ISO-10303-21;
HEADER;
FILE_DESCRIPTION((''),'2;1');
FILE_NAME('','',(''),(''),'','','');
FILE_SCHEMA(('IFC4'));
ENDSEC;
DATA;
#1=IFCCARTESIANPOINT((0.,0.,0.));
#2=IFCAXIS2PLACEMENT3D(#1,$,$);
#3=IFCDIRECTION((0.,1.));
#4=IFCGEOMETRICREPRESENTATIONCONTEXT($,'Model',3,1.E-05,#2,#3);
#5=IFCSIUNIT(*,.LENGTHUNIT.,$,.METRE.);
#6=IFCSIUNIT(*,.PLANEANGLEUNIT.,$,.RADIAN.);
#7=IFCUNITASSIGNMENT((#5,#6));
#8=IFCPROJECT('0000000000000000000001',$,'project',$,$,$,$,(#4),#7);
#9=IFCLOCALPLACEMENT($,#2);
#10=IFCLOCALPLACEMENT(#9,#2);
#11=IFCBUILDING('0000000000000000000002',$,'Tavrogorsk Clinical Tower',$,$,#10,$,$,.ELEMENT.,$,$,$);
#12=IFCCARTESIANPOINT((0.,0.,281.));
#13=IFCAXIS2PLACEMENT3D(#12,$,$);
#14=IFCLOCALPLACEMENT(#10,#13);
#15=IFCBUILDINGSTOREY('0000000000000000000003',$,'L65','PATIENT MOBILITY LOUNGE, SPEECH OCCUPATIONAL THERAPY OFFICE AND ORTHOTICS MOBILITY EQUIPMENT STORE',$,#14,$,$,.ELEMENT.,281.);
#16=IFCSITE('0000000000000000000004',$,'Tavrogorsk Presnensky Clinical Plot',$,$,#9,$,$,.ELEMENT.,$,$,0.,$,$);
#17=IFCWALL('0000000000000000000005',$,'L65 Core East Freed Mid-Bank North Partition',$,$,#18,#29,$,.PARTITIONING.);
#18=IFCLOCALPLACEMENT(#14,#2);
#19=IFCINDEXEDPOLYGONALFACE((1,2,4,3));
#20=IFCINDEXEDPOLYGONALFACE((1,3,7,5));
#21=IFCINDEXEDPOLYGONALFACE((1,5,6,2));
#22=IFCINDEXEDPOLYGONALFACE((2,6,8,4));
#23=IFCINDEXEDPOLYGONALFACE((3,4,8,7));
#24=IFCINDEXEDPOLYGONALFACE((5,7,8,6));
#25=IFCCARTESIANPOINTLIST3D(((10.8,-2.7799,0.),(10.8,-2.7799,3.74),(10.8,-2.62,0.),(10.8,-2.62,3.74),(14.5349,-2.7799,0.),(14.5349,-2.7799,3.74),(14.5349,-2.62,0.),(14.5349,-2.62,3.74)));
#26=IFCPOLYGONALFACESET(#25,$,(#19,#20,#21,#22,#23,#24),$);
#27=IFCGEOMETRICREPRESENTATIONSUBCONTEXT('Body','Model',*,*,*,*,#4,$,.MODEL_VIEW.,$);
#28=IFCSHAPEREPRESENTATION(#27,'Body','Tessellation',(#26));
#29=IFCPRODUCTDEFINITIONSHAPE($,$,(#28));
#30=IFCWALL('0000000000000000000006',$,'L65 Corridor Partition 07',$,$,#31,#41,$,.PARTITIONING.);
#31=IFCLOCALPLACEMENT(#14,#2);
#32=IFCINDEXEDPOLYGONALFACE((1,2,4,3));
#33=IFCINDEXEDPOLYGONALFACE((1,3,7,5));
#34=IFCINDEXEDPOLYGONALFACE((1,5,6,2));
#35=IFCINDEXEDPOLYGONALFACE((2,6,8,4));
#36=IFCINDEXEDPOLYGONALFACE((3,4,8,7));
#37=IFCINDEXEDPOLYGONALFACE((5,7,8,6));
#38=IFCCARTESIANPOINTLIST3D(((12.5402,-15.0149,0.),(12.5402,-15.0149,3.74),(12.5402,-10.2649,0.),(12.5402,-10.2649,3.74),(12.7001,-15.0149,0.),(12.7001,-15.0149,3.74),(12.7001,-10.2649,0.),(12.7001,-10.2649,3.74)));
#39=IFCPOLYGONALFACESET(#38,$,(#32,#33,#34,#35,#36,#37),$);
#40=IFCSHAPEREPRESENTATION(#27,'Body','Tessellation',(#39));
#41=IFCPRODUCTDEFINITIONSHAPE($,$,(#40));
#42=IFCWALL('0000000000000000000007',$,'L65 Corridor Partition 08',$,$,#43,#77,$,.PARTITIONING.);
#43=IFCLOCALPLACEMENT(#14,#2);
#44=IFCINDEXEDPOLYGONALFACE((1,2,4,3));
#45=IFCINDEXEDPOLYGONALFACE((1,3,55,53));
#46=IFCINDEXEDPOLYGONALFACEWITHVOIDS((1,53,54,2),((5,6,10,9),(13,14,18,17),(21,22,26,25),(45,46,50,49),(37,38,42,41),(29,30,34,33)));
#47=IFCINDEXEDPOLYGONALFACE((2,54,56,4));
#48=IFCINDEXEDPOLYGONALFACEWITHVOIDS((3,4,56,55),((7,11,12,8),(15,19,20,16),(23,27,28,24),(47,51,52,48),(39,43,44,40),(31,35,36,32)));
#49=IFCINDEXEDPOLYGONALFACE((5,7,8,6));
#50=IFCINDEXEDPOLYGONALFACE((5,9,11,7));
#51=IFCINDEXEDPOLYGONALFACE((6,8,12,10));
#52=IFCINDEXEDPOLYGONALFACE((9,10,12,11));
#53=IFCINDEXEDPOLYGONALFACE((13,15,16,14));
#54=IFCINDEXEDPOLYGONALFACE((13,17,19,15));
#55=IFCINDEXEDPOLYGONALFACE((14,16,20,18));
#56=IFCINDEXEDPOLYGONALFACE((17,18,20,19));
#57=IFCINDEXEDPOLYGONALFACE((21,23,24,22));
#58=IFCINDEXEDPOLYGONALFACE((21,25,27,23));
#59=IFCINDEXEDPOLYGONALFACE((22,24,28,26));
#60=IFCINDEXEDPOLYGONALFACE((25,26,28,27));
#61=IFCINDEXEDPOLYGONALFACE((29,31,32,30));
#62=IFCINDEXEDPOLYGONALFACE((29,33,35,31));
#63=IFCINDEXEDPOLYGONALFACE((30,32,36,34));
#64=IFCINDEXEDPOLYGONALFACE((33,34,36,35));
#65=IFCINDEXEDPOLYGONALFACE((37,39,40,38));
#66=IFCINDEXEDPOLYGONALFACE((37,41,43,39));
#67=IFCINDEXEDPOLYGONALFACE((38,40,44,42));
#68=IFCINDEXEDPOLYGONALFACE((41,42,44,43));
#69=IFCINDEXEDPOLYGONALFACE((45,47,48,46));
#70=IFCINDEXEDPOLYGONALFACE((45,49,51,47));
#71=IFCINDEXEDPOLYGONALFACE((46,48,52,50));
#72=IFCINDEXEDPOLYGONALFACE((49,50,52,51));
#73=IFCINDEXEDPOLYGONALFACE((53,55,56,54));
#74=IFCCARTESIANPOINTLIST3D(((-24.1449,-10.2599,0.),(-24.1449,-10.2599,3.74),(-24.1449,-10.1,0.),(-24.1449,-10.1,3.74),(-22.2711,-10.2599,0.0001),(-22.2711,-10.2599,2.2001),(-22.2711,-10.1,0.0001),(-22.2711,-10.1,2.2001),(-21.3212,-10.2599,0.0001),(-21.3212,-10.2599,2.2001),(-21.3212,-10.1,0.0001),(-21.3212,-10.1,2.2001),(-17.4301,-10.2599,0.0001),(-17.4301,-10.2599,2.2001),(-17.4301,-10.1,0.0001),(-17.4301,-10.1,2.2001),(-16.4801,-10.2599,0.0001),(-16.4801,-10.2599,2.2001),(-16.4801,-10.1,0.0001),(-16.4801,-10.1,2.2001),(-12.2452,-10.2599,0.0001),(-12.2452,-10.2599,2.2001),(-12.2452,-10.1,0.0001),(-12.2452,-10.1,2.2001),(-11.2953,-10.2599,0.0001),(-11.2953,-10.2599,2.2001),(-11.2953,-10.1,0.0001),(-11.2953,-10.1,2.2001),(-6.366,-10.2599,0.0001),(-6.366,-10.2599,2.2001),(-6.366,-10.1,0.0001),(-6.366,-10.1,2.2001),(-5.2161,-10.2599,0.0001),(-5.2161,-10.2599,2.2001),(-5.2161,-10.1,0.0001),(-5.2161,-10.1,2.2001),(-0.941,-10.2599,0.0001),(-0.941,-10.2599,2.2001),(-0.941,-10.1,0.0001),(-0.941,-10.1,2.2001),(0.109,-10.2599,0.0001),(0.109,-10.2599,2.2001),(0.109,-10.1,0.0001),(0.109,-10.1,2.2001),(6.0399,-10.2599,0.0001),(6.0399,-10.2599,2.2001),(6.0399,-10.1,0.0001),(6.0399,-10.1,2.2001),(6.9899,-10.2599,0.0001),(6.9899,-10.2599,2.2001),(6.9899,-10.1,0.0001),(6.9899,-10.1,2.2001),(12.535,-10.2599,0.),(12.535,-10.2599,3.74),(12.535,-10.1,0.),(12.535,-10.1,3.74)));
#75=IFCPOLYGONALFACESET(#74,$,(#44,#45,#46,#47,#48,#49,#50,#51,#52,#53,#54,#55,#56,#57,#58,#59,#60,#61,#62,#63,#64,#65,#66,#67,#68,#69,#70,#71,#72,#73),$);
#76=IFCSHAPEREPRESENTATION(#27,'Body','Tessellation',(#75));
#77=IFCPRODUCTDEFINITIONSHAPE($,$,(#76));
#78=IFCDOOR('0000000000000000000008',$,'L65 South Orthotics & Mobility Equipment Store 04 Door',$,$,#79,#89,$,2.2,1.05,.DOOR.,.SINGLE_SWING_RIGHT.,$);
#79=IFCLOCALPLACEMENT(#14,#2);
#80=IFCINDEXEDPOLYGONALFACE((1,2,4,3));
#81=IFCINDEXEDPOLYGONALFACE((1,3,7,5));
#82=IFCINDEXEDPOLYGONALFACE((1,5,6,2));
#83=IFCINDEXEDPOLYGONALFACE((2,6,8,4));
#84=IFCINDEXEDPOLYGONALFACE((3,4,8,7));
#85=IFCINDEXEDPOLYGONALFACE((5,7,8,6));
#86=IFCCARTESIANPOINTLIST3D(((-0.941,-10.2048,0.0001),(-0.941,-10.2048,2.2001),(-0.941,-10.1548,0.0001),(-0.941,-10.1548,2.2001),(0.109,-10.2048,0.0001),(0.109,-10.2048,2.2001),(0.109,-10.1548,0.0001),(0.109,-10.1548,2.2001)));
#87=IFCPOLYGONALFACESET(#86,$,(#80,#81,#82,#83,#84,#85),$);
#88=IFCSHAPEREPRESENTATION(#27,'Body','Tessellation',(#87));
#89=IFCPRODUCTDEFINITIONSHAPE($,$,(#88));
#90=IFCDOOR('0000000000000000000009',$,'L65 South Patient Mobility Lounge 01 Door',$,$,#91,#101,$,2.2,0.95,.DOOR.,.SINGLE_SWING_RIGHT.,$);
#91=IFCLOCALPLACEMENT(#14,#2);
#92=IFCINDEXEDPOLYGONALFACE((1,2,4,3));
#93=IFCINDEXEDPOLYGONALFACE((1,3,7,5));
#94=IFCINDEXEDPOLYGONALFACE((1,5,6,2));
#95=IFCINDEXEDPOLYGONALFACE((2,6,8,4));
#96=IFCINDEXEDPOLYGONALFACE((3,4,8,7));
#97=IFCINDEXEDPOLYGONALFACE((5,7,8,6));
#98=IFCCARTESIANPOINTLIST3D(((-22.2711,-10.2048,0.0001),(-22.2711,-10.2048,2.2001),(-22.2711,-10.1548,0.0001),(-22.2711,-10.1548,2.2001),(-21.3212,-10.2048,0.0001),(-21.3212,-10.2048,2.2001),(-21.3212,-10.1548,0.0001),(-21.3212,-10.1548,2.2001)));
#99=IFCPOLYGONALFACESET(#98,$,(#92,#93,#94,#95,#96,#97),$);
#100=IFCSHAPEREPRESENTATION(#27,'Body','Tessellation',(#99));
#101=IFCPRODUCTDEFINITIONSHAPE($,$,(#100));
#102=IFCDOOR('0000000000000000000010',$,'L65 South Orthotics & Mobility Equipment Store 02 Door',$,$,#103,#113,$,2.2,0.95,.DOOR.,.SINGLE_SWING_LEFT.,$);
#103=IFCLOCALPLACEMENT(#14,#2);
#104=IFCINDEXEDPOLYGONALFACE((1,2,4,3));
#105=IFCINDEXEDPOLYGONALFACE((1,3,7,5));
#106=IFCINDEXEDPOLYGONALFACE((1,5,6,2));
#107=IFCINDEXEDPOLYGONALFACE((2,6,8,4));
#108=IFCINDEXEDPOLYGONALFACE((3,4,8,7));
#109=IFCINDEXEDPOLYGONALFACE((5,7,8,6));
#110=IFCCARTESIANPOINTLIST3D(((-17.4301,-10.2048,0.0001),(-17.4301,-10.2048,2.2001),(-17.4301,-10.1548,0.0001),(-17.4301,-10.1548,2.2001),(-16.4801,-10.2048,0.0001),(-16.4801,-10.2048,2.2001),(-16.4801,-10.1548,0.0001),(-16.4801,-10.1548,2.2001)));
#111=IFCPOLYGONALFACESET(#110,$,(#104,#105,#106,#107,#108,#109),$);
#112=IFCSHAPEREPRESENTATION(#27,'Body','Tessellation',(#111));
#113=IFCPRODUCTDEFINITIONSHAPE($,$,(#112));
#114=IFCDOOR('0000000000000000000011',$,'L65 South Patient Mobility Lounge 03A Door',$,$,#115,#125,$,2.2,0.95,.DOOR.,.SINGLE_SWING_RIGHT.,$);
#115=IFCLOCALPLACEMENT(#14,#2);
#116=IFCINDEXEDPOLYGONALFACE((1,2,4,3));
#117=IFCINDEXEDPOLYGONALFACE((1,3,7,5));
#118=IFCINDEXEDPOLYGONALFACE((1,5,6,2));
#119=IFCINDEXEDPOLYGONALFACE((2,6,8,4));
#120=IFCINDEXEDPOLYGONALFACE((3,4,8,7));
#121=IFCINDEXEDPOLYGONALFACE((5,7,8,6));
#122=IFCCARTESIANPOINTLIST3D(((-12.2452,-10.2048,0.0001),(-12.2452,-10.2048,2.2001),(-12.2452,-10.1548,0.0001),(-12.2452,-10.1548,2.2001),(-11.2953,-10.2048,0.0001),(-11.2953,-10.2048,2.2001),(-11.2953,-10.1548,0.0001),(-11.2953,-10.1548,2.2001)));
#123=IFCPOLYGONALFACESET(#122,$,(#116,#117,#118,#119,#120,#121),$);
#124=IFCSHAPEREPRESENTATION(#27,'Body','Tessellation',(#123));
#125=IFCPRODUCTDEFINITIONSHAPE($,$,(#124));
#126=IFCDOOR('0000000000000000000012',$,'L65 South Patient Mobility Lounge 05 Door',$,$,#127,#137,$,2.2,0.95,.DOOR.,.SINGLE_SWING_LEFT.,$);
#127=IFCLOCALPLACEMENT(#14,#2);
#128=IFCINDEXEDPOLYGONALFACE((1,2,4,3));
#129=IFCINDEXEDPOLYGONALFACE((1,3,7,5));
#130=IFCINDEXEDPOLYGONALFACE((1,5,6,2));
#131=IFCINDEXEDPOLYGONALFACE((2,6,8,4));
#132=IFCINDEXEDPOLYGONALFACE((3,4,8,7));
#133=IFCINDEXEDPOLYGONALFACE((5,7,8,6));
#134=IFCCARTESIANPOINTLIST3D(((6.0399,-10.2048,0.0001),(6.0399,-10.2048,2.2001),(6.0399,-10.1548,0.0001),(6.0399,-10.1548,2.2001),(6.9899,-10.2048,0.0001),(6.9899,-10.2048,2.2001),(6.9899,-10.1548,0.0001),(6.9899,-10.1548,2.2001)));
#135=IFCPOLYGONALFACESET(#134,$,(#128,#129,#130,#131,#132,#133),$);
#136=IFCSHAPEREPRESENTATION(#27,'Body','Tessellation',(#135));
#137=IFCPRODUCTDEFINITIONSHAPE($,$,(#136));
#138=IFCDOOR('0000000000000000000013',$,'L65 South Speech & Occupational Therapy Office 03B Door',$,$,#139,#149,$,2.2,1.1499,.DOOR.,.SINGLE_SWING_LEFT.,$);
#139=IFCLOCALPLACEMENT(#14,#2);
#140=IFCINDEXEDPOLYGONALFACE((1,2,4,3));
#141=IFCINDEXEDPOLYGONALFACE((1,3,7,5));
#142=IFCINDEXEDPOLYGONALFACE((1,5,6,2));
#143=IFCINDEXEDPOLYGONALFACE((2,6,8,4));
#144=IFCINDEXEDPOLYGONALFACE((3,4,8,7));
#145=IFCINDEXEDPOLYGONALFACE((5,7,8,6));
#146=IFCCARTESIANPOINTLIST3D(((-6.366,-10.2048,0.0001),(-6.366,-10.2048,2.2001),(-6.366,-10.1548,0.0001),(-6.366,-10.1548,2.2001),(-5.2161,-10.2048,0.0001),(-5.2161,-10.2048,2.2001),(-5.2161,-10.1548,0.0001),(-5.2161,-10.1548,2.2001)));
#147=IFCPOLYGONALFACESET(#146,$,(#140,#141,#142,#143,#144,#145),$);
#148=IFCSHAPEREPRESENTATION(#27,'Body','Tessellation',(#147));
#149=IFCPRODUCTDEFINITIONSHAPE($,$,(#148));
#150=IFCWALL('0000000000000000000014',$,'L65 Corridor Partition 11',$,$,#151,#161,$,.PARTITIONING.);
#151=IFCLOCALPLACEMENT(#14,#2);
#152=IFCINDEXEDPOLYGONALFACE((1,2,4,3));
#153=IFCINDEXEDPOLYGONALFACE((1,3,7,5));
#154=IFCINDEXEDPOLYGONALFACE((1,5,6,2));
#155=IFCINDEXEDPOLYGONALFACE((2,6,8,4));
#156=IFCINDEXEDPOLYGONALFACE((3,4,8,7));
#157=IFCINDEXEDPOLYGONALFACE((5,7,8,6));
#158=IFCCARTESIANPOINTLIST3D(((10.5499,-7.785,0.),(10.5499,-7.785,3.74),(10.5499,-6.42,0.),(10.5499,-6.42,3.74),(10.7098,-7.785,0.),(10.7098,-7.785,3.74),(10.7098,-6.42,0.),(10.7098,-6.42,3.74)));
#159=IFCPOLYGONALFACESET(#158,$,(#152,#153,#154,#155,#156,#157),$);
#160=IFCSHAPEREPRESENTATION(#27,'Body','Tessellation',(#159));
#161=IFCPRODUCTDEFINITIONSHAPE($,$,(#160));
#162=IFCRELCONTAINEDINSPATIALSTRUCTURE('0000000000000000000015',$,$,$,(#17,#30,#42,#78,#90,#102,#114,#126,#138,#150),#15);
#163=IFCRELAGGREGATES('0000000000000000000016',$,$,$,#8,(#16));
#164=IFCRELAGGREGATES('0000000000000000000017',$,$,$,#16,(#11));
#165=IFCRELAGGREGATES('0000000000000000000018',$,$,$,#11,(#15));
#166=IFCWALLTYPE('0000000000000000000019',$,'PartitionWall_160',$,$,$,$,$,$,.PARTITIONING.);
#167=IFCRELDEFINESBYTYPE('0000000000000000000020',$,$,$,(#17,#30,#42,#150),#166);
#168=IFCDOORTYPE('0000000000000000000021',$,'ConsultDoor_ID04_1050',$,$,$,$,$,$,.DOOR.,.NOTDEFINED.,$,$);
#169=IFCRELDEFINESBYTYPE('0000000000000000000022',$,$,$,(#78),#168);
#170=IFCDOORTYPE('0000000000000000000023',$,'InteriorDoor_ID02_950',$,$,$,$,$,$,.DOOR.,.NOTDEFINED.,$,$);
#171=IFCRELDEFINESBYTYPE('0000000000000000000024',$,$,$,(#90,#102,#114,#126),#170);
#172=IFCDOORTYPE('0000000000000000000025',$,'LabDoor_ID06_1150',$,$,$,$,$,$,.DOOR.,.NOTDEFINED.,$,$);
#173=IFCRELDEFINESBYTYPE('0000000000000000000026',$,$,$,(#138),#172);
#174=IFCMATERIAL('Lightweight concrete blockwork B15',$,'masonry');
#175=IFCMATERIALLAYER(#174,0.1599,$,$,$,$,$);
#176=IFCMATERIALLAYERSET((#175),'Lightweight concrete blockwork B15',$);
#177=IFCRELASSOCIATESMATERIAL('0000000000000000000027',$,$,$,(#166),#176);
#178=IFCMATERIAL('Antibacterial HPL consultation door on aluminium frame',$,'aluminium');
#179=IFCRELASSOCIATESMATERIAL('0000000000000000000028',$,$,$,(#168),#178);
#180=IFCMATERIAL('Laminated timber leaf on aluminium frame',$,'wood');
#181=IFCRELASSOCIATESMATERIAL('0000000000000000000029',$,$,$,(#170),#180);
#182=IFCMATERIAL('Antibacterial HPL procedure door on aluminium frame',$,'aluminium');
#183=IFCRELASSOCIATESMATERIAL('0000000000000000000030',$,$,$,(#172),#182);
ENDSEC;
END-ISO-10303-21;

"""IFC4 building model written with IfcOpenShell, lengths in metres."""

from ifc_helpers import new_model, si_unit, direction, frame, frame_2d, origin, place, context, subcontext, project, spatial, rectangle, extrude, material, layer, layer_set, type_object, element, fill, save


model = new_model("IFC4")

# Units and contexts
model_context = context("Model", 3, precision=1e-05, world=origin(), true_north=direction((0.0, 1.0)))
body_context = subcontext(model_context, "Body", "Model", "MODEL_VIEW")
ifc_project = project(units=[si_unit("LENGTHUNIT", "METRE"), si_unit("PLANEANGLEUNIT", "RADIAN")], contexts=[model_context])

# Site, building, storey
site_placement = place(None, origin())
site = spatial("IfcSite", under=ifc_project, at=site_placement, Name="Tavrogorsk Presnensky Clinical Plot", CompositionType="ELEMENT", RefElevation=0.0)
building_placement = place(site_placement, origin())
building = spatial("IfcBuilding", under=site, at=building_placement, Name="Tavrogorsk Clinical Tower", CompositionType="ELEMENT")
storey_placement = place(building_placement, frame((0.0, 0.0, 281.0)))
storey = spatial("IfcBuildingStorey", under=building, at=storey_placement, Name="L65", Description="PATIENT MOBILITY LOUNGE, SPEECH OCCUPATIONAL THERAPY OFFICE AND ORTHOTICS MOBILITY EQUIPMENT STORE", CompositionType="ELEMENT", Elevation=281.0)

# Walls
ifc_material_1 = material(Name="Lightweight concrete blockwork B15", Category="masonry")
ifc_layer_1 = layer(ifc_material_1, 0.1599)
ifc_layer_set_1 = layer_set([ifc_layer_1], Name="Lightweight concrete blockwork B15")
wall_type_1 = type_object("IfcWallType", Name="PartitionWall_160", PredefinedType="PARTITIONING", material=ifc_layer_set_1)
wall_1_placement = place(storey_placement, frame((10.8, -2.7, 0.0), z_axis=(0.0, 0.0, 1.0), x_axis=(1.0, 0.0, 0.0)))
element("IfcWall", 1, at=wall_1_placement, inside=storey, type_object=wall_type_1, Name="L65 Core East Freed Mid-Bank North Partition", PredefinedType="PARTITIONING", context=body_context, shape_type="SweptSolid", body=[
    extrude(rectangle(XDim=3.7349, YDim=0.1599, at=frame_2d((1.8674, 0.0))), origin(), (0.0, 0.0, 1.0), 3.74),
])
wall_2_placement = place(storey_placement, frame((12.6201, -15.0149, 0.0), z_axis=(0.0, 0.0, 1.0), x_axis=(0.0, 1.0, 0.0)))
element("IfcWall", 2, at=wall_2_placement, inside=storey, type_object=wall_type_1, Name="L65 Corridor Partition 07", PredefinedType="PARTITIONING", context=body_context, shape_type="SweptSolid", body=[
    extrude(rectangle(XDim=4.75, YDim=0.1599, at=frame_2d((2.375, 0.0))), origin(), (0.0, 0.0, 1.0), 3.74),
])

# Wall, openings, doors
wall_3_placement = place(storey_placement, frame((12.5349, -10.1799, 0.0), z_axis=(0.0, 0.0, 1.0), x_axis=(-1.0, 0.0, 0.0)))
wall_3 = element("IfcWall", 3, at=wall_3_placement, inside=storey, type_object=wall_type_1, Name="L65 Corridor Partition 08", PredefinedType="PARTITIONING", context=body_context, shape_type="SweptSolid", body=[
    extrude(rectangle(XDim=36.6799, YDim=0.1599, at=frame_2d((18.3398, 0.0))), origin(), (0.0, 0.0, 1.0), 3.74),
])
opening_1_placement = place(wall_3_placement, frame((33.856, 0.0, 0.0)))
opening_1 = element("IfcOpeningElement", 4, at=opening_1_placement, cuts=wall_3, PredefinedType="OPENING", context=body_context, shape_type="SweptSolid", body=[
    extrude(rectangle(XDim=0.95, YDim=2.2, at=frame_2d((0.4751, 1.1001))), frame((0.0, 0.0898, 0.0), z_axis=(0.0, -1.0, 0.0), x_axis=(1.0, 0.0, 0.0)), (0.0, 0.0, 1.0), 0.1799),
])
opening_2_placement = place(wall_3_placement, frame((29.0149, 0.0, 0.0)))
opening_2 = element("IfcOpeningElement", 5, at=opening_2_placement, cuts=wall_3, PredefinedType="OPENING", context=body_context, shape_type="SweptSolid", body=[
    extrude(rectangle(XDim=0.95, YDim=2.2, at=frame_2d((0.4751, 1.1001))), frame((0.0, 0.0898, 0.0), z_axis=(0.0, -1.0, 0.0), x_axis=(1.0, 0.0, 0.0)), (0.0, 0.0, 1.0), 0.1799),
])
opening_3_placement = place(wall_3_placement, frame((23.8301, 0.0, 0.0)))
opening_3 = element("IfcOpeningElement", 6, at=opening_3_placement, cuts=wall_3, PredefinedType="OPENING", context=body_context, shape_type="SweptSolid", body=[
    extrude(rectangle(XDim=0.95, YDim=2.2, at=frame_2d((0.4751, 1.1001))), frame((0.0, 0.0898, 0.0), z_axis=(0.0, -1.0, 0.0), x_axis=(1.0, 0.0, 0.0)), (0.0, 0.0, 1.0), 0.1799),
])
opening_4_placement = place(wall_3_placement, frame((17.751, 0.0, 0.0)))
opening_4 = element("IfcOpeningElement", 7, at=opening_4_placement, cuts=wall_3, PredefinedType="OPENING", context=body_context, shape_type="SweptSolid", body=[
    extrude(rectangle(XDim=1.1499, YDim=2.2, at=frame_2d((0.575, 1.1001))), frame((0.0, 0.0898, 0.0), z_axis=(0.0, -1.0, 0.0), x_axis=(1.0, 0.0, 0.0)), (0.0, 0.0, 1.0), 0.1799),
])
opening_5_placement = place(wall_3_placement, frame((12.426, 0.0, 0.0)))
opening_5 = element("IfcOpeningElement", 8, at=opening_5_placement, cuts=wall_3, PredefinedType="OPENING", context=body_context, shape_type="SweptSolid", body=[
    extrude(rectangle(XDim=1.05, YDim=2.2, at=frame_2d((0.5249, 1.1001))), frame((0.0, 0.0898, 0.0), z_axis=(0.0, -1.0, 0.0), x_axis=(1.0, 0.0, 0.0)), (0.0, 0.0, 1.0), 0.1799),
])
opening_6_placement = place(wall_3_placement, frame((5.5449, 0.0, 0.0)))
opening_6 = element("IfcOpeningElement", 9, at=opening_6_placement, cuts=wall_3, PredefinedType="OPENING", context=body_context, shape_type="SweptSolid", body=[
    extrude(rectangle(XDim=0.95, YDim=2.2, at=frame_2d((0.4751, 1.1001))), frame((0.0, 0.0898, 0.0), z_axis=(0.0, -1.0, 0.0), x_axis=(1.0, 0.0, 0.0)), (0.0, 0.0, 1.0), 0.1799),
])
ifc_material_2 = material(Name="Antibacterial HPL consultation door on aluminium frame", Category="aluminium")
door_type_1 = type_object("IfcDoorType", Name="ConsultDoor_ID04_1050", OperationType="NOTDEFINED", PredefinedType="DOOR", material=ifc_material_2)
door_1_placement = place(opening_5_placement, origin())
door_1 = element("IfcDoor", 10, at=door_1_placement, inside=storey, type_object=door_type_1, Name="L65 South Orthotics & Mobility Equipment Store 04 Door", OperationType="SINGLE_SWING_RIGHT", OverallHeight=2.2, OverallWidth=1.05, PredefinedType="DOOR", context=body_context, shape_type="SweptSolid", body=[
    extrude(rectangle(XDim=1.05, YDim=2.2, at=frame_2d((0.5249, 1.1001))), frame((0.0, 0.0249, 0.0), z_axis=(0.0, -1.0, 0.0), x_axis=(1.0, 0.0, 0.0)), (0.0, 0.0, 1.0), 0.05),
])
fill(opening_5, door_1)
ifc_material_3 = material(Name="Laminated timber leaf on aluminium frame", Category="wood")
door_type_2 = type_object("IfcDoorType", Name="InteriorDoor_ID02_950", OperationType="NOTDEFINED", PredefinedType="DOOR", material=ifc_material_3)
door_2_placement = place(opening_1_placement, origin())
door_2 = element("IfcDoor", 11, at=door_2_placement, inside=storey, type_object=door_type_2, Name="L65 South Patient Mobility Lounge 01 Door", OperationType="SINGLE_SWING_RIGHT", OverallHeight=2.2, OverallWidth=0.95, PredefinedType="DOOR", context=body_context, shape_type="SweptSolid", body=[
    extrude(rectangle(XDim=0.95, YDim=2.2, at=frame_2d((0.4751, 1.1001))), frame((0.0, 0.0249, 0.0), z_axis=(0.0, -1.0, 0.0), x_axis=(1.0, 0.0, 0.0)), (0.0, 0.0, 1.0), 0.05),
])
fill(opening_1, door_2)
door_3_placement = place(opening_2_placement, origin())
door_3 = element("IfcDoor", 12, at=door_3_placement, inside=storey, type_object=door_type_2, Name="L65 South Orthotics & Mobility Equipment Store 02 Door", OperationType="SINGLE_SWING_LEFT", OverallHeight=2.2, OverallWidth=0.95, PredefinedType="DOOR", context=body_context, shape_type="SweptSolid", body=[
    extrude(rectangle(XDim=0.95, YDim=2.2, at=frame_2d((0.4751, 1.1001))), frame((0.0, 0.0249, 0.0), z_axis=(0.0, -1.0, 0.0), x_axis=(1.0, 0.0, 0.0)), (0.0, 0.0, 1.0), 0.05),
])
fill(opening_2, door_3)
door_4_placement = place(opening_3_placement, origin())
door_4 = element("IfcDoor", 13, at=door_4_placement, inside=storey, type_object=door_type_2, Name="L65 South Patient Mobility Lounge 03A Door", OperationType="SINGLE_SWING_RIGHT", OverallHeight=2.2, OverallWidth=0.95, PredefinedType="DOOR", context=body_context, shape_type="SweptSolid", body=[
    extrude(rectangle(XDim=0.95, YDim=2.2, at=frame_2d((0.4751, 1.1001))), frame((0.0, 0.0249, 0.0), z_axis=(0.0, -1.0, 0.0), x_axis=(1.0, 0.0, 0.0)), (0.0, 0.0, 1.0), 0.05),
])
fill(opening_3, door_4)
door_5_placement = place(opening_6_placement, origin())
door_5 = element("IfcDoor", 14, at=door_5_placement, inside=storey, type_object=door_type_2, Name="L65 South Patient Mobility Lounge 05 Door", OperationType="SINGLE_SWING_LEFT", OverallHeight=2.2, OverallWidth=0.95, PredefinedType="DOOR", context=body_context, shape_type="SweptSolid", body=[
    extrude(rectangle(XDim=0.95, YDim=2.2, at=frame_2d((0.4751, 1.1001))), frame((0.0, 0.0249, 0.0), z_axis=(0.0, -1.0, 0.0), x_axis=(1.0, 0.0, 0.0)), (0.0, 0.0, 1.0), 0.05),
])
fill(opening_6, door_5)
ifc_material_4 = material(Name="Antibacterial HPL procedure door on aluminium frame", Category="aluminium")
door_type_3 = type_object("IfcDoorType", Name="LabDoor_ID06_1150", OperationType="NOTDEFINED", PredefinedType="DOOR", material=ifc_material_4)
door_6_placement = place(opening_4_placement, origin())
door_6 = element("IfcDoor", 15, at=door_6_placement, inside=storey, type_object=door_type_3, Name="L65 South Speech & Occupational Therapy Office 03B Door", OperationType="SINGLE_SWING_LEFT", OverallHeight=2.2, OverallWidth=1.1499, PredefinedType="DOOR", context=body_context, shape_type="SweptSolid", body=[
    extrude(rectangle(XDim=1.1499, YDim=2.2, at=frame_2d((0.575, 1.1001))), frame((0.0, 0.0249, 0.0), z_axis=(0.0, -1.0, 0.0), x_axis=(1.0, 0.0, 0.0)), (0.0, 0.0, 1.0), 0.05),
])
fill(opening_4, door_6)

# Wall
wall_4_placement = place(storey_placement, frame((10.6299, -6.4199, 0.0), z_axis=(0.0, 0.0, 1.0), x_axis=(0.0, -1.0, 0.0)))
element("IfcWall", 16, at=wall_4_placement, inside=storey, type_object=wall_type_1, Name="L65 Corridor Partition 11", PredefinedType="PARTITIONING", context=body_context, shape_type="SweptSolid", body=[
    extrude(rectangle(XDim=1.365, YDim=0.1599, at=frame_2d((0.6826, 0.0))), origin(), (0.0, 0.0, 1.0), 3.74),
])

save(model, "model.ifc")
